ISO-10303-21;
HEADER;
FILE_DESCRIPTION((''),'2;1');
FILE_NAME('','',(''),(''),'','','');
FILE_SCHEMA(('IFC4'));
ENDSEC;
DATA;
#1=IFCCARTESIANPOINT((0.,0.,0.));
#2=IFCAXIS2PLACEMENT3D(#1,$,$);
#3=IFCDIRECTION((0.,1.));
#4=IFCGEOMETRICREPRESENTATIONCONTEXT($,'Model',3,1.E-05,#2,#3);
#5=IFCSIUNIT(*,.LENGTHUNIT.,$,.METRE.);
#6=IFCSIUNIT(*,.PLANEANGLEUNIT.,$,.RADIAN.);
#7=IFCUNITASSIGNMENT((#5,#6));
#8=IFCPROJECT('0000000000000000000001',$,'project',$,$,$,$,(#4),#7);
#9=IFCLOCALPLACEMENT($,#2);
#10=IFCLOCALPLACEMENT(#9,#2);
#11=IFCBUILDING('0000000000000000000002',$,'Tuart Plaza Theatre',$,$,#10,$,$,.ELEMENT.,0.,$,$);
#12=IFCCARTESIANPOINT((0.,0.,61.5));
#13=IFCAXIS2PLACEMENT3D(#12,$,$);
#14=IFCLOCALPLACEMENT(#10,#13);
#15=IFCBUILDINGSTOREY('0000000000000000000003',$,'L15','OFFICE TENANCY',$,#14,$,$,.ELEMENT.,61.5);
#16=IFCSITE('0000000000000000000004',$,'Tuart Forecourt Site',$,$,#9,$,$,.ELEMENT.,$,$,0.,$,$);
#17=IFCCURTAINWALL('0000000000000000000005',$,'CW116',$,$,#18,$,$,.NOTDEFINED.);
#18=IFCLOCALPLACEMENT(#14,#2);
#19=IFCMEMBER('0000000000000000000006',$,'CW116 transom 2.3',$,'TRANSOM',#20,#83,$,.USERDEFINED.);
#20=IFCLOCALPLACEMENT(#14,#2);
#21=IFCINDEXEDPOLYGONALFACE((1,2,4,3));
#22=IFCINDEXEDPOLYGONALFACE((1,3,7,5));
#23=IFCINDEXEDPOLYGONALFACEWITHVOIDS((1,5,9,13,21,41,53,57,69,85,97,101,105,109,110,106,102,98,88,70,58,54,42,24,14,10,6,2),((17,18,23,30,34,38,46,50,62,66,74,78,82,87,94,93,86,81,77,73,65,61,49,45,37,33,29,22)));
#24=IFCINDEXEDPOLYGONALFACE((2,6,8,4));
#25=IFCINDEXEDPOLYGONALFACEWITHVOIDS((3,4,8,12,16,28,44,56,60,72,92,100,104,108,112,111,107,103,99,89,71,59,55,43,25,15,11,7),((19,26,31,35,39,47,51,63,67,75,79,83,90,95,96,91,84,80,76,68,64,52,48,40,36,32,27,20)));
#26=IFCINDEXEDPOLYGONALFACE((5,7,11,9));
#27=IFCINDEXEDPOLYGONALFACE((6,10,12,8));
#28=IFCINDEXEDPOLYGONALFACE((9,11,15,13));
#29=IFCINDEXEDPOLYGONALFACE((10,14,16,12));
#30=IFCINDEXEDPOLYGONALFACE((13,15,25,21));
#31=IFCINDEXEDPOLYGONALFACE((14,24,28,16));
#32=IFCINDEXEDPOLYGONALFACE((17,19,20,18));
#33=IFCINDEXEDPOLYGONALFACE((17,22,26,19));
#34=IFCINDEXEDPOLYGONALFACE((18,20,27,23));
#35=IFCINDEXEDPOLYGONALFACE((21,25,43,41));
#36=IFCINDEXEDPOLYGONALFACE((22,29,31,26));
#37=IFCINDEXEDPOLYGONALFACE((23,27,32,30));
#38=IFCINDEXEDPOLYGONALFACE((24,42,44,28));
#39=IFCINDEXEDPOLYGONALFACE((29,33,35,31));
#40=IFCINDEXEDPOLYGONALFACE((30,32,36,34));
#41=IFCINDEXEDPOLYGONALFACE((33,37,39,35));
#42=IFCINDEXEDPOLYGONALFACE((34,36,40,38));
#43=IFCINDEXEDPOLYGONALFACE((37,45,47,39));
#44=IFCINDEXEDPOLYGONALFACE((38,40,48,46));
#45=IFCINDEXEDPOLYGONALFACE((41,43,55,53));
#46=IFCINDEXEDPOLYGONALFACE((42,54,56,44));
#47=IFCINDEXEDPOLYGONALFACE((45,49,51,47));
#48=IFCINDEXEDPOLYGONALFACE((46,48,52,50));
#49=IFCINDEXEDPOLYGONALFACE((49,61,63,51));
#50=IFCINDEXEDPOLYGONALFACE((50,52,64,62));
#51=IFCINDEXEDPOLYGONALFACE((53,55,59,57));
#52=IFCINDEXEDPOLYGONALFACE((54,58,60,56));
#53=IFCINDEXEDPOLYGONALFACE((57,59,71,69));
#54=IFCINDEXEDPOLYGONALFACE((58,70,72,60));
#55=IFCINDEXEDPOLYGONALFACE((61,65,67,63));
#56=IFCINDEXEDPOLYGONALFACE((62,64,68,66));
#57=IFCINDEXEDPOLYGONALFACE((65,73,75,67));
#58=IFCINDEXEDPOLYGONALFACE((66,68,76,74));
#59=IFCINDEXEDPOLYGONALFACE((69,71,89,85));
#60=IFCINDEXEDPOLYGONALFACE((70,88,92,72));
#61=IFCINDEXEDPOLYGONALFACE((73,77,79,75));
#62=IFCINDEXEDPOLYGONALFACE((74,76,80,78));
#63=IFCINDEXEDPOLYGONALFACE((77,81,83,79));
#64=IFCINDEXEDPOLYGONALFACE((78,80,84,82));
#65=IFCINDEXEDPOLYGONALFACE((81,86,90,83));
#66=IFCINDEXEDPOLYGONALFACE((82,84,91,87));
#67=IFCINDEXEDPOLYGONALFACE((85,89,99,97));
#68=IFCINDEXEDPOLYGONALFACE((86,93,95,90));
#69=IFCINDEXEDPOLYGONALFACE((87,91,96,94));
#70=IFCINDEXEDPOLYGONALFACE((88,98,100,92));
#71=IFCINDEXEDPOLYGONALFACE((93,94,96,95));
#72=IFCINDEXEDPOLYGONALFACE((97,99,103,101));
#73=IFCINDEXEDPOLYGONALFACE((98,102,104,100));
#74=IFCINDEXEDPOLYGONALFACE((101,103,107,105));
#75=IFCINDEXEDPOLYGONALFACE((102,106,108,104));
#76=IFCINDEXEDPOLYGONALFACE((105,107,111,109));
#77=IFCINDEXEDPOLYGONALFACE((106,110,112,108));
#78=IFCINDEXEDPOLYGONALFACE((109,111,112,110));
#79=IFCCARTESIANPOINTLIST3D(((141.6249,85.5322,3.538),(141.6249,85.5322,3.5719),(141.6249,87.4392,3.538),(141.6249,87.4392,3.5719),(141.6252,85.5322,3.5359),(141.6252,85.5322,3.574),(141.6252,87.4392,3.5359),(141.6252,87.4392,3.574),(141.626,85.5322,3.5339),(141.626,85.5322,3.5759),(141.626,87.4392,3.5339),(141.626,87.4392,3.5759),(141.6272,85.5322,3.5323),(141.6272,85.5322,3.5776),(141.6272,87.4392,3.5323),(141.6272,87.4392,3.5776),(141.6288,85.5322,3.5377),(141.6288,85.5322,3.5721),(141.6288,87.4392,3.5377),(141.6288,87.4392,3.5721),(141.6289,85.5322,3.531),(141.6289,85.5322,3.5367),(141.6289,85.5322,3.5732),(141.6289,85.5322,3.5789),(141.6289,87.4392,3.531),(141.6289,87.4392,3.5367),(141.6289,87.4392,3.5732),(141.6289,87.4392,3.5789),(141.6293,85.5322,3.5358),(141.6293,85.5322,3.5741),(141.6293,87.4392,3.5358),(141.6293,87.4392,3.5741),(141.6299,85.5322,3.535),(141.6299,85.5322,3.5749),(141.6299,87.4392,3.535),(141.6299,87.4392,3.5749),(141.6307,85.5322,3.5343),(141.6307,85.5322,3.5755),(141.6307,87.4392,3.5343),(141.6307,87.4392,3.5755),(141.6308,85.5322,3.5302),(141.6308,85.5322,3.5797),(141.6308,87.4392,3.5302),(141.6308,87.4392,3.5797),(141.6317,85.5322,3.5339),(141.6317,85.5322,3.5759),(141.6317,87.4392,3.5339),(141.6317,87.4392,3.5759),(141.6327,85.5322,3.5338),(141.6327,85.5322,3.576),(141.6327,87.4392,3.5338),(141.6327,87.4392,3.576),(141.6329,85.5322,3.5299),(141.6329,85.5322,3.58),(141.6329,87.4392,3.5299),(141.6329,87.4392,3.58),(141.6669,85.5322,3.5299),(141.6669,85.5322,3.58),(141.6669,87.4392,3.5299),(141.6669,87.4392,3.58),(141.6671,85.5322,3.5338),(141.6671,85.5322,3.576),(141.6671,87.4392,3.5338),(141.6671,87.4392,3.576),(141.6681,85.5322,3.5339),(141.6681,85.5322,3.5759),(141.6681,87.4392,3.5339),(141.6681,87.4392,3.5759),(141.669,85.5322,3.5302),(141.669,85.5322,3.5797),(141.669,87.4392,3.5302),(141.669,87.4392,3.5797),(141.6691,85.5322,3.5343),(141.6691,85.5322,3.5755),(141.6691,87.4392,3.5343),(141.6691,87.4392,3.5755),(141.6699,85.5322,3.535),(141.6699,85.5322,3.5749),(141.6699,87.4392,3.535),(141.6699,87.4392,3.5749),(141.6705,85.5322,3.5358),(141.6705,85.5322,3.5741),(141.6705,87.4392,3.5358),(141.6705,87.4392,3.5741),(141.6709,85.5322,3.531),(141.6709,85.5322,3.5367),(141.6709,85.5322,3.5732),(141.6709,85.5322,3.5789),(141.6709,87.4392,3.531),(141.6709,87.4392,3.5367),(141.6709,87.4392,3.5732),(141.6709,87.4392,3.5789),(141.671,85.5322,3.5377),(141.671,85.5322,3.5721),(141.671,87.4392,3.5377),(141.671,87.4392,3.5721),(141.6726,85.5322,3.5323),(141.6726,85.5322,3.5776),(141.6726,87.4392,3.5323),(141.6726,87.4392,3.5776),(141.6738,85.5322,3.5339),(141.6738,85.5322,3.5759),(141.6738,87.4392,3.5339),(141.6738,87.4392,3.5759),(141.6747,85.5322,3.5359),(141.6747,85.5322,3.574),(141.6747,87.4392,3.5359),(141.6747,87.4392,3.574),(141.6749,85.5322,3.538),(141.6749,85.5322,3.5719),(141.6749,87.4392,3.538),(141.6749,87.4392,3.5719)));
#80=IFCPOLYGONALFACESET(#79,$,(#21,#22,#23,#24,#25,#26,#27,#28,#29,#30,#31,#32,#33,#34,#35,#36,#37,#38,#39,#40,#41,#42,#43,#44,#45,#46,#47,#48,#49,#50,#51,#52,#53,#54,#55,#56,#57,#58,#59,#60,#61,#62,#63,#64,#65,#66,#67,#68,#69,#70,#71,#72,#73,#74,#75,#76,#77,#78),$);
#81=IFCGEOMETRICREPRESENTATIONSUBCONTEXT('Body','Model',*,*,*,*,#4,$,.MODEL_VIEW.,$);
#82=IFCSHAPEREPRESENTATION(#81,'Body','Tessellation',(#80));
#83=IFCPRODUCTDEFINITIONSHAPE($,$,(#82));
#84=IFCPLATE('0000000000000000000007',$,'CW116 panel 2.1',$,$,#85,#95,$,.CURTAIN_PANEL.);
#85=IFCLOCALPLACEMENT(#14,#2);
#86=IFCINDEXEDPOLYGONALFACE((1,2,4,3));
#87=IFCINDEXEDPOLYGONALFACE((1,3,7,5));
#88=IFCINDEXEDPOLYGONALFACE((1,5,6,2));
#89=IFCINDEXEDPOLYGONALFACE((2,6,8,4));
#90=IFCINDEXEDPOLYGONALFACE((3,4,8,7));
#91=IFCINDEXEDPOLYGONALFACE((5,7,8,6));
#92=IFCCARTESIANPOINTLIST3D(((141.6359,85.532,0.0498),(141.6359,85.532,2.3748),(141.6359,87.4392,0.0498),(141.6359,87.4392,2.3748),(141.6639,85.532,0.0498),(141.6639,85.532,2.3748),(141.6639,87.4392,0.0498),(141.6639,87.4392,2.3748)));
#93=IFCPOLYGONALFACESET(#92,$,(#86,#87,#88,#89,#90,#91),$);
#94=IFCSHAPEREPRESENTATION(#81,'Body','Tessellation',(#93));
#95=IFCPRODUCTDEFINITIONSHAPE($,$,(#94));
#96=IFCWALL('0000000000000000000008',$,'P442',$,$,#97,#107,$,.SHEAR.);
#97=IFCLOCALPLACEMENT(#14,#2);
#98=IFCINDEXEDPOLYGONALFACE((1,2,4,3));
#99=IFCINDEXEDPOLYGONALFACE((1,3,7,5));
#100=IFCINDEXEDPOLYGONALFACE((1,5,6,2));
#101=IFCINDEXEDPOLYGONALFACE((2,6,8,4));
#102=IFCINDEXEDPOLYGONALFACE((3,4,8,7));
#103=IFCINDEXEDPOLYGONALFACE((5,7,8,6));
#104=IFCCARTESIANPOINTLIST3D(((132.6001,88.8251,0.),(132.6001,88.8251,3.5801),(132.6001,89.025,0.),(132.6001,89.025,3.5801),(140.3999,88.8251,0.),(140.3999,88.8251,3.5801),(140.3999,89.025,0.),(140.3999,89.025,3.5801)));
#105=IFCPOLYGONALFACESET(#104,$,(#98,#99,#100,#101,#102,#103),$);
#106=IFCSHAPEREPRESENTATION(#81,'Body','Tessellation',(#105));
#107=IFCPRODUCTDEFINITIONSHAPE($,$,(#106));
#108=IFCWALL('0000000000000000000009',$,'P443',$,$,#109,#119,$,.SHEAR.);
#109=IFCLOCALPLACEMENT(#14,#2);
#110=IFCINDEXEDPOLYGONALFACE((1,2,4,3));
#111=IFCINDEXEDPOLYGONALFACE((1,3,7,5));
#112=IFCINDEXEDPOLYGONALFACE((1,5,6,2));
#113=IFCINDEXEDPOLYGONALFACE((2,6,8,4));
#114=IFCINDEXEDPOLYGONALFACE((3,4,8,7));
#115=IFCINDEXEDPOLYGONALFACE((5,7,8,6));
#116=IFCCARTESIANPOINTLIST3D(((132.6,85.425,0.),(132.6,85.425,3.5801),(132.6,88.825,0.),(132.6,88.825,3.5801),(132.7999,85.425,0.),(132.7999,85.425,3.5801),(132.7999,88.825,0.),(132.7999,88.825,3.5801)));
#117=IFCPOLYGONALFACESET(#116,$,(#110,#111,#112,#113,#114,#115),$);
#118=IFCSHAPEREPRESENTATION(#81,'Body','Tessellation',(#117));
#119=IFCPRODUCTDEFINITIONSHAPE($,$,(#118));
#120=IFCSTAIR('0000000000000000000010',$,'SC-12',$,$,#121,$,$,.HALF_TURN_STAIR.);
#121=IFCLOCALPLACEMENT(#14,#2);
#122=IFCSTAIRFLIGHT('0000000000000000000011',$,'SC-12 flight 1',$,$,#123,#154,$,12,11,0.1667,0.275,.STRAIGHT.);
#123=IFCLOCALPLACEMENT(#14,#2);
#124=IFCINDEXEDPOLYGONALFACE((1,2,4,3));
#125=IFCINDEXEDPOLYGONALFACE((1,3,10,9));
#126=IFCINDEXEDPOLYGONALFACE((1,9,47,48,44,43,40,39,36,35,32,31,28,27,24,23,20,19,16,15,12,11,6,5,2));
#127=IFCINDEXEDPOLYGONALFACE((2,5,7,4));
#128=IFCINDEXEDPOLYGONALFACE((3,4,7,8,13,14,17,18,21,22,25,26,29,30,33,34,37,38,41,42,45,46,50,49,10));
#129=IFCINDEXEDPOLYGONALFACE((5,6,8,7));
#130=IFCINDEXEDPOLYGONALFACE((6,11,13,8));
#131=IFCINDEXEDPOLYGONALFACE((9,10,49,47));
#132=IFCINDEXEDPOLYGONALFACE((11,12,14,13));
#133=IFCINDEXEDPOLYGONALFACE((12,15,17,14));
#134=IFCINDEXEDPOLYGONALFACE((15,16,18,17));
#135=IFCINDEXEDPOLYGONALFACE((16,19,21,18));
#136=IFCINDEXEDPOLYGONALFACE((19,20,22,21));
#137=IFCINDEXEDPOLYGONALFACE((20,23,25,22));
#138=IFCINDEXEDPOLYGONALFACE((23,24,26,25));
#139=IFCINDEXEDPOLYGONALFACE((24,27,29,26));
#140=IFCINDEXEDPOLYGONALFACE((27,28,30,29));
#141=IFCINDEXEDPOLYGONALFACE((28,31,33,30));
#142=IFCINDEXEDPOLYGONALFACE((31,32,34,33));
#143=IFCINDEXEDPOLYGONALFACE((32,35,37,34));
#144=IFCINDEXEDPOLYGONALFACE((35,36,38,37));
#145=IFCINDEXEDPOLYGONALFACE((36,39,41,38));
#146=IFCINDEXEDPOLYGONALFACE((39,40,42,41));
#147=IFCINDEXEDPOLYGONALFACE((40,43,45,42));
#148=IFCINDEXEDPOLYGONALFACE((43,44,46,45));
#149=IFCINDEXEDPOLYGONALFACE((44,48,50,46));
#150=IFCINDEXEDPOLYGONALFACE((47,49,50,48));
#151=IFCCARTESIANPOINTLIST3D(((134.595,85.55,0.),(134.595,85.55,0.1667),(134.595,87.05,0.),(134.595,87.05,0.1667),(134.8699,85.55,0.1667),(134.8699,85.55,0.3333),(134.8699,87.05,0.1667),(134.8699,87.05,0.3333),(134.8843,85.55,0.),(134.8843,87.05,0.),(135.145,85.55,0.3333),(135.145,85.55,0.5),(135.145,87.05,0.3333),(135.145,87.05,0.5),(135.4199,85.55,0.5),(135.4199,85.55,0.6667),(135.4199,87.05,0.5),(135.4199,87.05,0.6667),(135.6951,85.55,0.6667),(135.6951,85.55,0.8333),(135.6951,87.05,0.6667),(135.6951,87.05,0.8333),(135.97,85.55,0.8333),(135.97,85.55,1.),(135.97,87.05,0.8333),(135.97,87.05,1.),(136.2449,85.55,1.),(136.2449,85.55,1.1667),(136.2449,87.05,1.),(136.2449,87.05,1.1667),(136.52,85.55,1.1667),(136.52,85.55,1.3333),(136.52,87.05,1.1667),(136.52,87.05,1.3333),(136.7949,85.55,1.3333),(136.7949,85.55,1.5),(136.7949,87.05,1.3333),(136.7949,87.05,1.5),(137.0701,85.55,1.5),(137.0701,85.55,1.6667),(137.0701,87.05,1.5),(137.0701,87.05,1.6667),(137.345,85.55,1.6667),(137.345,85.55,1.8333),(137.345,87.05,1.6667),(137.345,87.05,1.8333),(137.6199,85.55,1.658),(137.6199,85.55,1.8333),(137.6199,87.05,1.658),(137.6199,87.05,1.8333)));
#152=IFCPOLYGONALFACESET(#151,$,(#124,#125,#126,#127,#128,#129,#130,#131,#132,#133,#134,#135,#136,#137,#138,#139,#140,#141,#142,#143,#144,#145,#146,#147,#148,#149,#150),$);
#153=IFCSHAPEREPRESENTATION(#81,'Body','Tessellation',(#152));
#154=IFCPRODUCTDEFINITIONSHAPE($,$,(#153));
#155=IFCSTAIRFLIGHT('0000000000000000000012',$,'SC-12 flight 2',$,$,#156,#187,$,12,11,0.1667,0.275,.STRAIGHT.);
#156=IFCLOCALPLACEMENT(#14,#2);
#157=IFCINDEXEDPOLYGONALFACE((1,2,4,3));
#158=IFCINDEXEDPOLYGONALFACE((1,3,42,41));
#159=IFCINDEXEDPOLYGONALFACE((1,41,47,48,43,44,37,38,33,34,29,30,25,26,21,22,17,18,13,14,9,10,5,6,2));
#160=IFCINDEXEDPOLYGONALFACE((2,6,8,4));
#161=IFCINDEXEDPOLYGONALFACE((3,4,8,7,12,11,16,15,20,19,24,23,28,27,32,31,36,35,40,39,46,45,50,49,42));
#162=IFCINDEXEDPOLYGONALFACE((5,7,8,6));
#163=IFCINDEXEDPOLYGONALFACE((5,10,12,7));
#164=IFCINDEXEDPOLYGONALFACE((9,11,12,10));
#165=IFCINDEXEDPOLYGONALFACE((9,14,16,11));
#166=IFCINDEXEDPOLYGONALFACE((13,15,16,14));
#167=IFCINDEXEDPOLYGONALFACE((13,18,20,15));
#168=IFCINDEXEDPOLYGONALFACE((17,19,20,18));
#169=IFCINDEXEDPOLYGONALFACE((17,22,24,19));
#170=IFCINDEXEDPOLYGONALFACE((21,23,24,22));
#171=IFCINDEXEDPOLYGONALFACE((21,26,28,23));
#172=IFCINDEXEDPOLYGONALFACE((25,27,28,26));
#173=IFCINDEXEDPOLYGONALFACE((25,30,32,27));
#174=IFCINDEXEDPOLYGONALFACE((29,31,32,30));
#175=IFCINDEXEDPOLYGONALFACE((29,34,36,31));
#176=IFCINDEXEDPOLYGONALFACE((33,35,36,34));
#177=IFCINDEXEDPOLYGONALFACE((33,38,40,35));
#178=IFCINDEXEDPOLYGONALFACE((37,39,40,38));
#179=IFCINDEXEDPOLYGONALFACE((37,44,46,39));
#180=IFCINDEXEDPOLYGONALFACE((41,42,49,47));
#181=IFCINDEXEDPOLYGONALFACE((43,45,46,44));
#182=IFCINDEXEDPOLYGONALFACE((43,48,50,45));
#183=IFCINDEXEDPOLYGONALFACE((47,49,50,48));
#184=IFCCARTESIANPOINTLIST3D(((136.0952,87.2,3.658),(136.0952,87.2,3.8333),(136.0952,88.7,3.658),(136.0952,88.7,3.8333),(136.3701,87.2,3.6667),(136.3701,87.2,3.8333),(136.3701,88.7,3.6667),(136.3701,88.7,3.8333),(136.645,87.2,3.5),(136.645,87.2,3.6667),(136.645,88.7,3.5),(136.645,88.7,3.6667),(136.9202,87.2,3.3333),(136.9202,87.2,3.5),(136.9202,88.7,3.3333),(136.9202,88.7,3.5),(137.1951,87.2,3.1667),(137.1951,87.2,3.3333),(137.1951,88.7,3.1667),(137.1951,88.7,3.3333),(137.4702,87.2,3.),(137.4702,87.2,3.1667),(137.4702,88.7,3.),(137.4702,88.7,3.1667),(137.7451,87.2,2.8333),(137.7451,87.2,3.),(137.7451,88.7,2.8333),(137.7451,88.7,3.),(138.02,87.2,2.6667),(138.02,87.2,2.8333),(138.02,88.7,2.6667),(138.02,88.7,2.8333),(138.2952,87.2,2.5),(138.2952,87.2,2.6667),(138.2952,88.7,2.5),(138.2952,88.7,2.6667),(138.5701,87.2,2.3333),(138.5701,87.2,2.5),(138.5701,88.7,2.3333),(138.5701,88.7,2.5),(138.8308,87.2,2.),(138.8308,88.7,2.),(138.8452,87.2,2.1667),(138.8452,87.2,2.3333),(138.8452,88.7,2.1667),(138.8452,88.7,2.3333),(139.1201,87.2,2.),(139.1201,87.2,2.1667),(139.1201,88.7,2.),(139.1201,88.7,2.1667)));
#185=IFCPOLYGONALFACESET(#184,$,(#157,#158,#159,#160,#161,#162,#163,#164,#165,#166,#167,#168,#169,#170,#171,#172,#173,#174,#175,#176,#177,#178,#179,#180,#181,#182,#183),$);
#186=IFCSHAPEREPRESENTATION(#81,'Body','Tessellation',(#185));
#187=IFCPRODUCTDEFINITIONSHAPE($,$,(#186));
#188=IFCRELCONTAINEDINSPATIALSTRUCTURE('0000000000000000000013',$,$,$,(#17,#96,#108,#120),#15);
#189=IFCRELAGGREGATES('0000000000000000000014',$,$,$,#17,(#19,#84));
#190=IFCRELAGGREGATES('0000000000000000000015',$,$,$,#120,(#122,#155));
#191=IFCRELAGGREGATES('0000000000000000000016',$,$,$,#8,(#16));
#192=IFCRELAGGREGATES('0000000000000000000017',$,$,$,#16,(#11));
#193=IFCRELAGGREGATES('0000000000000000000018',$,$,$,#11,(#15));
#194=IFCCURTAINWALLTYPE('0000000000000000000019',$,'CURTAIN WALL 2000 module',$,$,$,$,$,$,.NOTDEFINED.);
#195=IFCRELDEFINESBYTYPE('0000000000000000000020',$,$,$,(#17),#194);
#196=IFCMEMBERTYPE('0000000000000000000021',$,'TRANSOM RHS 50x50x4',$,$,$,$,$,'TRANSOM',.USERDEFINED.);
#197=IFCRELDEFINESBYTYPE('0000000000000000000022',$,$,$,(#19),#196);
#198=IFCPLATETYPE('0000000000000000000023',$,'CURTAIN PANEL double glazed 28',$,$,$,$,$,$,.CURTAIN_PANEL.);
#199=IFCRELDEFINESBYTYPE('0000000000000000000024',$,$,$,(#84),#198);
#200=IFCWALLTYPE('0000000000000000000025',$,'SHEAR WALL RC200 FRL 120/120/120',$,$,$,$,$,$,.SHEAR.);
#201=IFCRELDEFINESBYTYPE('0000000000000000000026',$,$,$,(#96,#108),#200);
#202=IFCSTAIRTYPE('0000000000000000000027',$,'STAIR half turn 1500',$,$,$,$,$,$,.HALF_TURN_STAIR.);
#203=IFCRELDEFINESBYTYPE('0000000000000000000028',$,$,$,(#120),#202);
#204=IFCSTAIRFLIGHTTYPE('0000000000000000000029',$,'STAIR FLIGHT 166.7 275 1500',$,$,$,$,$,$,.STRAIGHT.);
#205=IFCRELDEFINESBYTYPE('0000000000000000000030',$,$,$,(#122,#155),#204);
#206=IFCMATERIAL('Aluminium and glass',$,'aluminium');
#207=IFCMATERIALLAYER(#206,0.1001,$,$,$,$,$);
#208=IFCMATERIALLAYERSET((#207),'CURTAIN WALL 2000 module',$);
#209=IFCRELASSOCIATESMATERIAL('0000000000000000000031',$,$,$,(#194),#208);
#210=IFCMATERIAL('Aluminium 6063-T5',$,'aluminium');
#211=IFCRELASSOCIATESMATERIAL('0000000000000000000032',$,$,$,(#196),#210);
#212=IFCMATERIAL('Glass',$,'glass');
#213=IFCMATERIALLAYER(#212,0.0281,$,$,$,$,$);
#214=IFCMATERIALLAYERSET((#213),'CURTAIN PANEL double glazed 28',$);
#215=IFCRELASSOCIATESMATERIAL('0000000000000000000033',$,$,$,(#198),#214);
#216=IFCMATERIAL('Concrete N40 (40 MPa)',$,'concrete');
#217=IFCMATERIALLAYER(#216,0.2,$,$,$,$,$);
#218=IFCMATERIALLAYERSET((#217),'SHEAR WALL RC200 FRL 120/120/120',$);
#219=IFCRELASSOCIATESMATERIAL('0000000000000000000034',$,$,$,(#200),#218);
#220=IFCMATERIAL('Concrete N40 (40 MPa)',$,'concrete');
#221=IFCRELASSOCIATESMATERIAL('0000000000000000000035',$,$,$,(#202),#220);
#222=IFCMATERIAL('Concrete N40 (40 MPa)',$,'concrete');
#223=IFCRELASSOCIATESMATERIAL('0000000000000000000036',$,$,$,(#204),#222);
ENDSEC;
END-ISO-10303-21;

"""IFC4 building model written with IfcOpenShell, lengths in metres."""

from ifc_helpers import new_model, si_unit, direction, frame, frame_2d, origin, origin_2d, place, context, subcontext, project, spatial, polyline, rectangle, hollow_rectangle, outline, extrude, material, layer, layer_set, material_profile, profile_set, type_object, element, aggregate, save


model = new_model("IFC4")

# Units and contexts
model_context = context("Model", 3, precision=1e-05, world=origin(), true_north=direction((0.0, 1.0)))
body_context = subcontext(model_context, "Body", "Model", "MODEL_VIEW")
ifc_project = project(units=[si_unit("LENGTHUNIT", "METRE"), si_unit("PLANEANGLEUNIT", "RADIAN")], contexts=[model_context])

# Site, building, storey
site_placement = place(None, origin())
site = spatial("IfcSite", under=ifc_project, at=site_placement, Name="Tuart Forecourt Site", CompositionType="ELEMENT", RefElevation=0.0)
building_placement = place(site_placement, origin())
building = spatial("IfcBuilding", under=site, at=building_placement, Name="Tuart Plaza Theatre", CompositionType="ELEMENT", ElevationOfRefHeight=0.0)
storey_placement = place(building_placement, frame((0.0, 0.0, 61.5)))
storey = spatial("IfcBuildingStorey", under=building, at=storey_placement, Name="L15", Description="OFFICE TENANCY", CompositionType="ELEMENT", Elevation=61.5)

# Curtain wall, member, plate
ifc_material_1 = material(Name="Aluminium and glass", Category="aluminium")
ifc_layer_1 = layer(ifc_material_1, 0.1001)
ifc_layer_set_1 = layer_set([ifc_layer_1], Name="CURTAIN WALL 2000 module")
curtain_wall_type = type_object("IfcCurtainWallType", Name="CURTAIN WALL 2000 module", PredefinedType="NOTDEFINED", material=ifc_layer_set_1)
curtain_wall_placement = place(storey_placement, origin())
curtain_wall = element("IfcCurtainWall", 1, at=curtain_wall_placement, inside=storey, type_object=curtain_wall_type, Name="CW116", PredefinedType="NOTDEFINED")
ifc_material_2 = material(Name="Aluminium 6063-T5", Category="aluminium")
ifc_material_profile_1 = material_profile(ifc_material_2, hollow_rectangle(XDim=0.05, YDim=0.05, WallThickness=0.0039, InnerFilletRadius=0.0039, OuterFilletRadius=0.0081, at=origin_2d()), Name="RHS 50x50x4")
ifc_profile_set_1 = profile_set([ifc_material_profile_1], Name="Aluminium 6063-T5")
member_type = type_object("IfcMemberType", Name="TRANSOM RHS 50x50x4", ElementType="TRANSOM", PredefinedType="USERDEFINED", material=ifc_profile_set_1)
member_1_placement = place(storey_placement, frame((141.6499, 85.5322, 3.5549), z_axis=(0.0, 1.0, 0.0), x_axis=(-1.0, 0.0, 0.0)))
member_1 = element("IfcMember", 2, at=member_1_placement, type_object=member_type, Name="CW116 transom 2.3", ObjectType="TRANSOM", PredefinedType="USERDEFINED", context=body_context, shape_type="SweptSolid", body=[
    extrude(hollow_rectangle(XDim=0.05, YDim=0.05, WallThickness=0.0039, InnerFilletRadius=0.0039, OuterFilletRadius=0.0081, at=origin_2d()), origin(), (0.0, 0.0, 1.0), 1.907),
])
ifc_material_3 = material(Name="Glass", Category="glass")
ifc_layer_2 = layer(ifc_material_3, 0.0281)
ifc_layer_set_2 = layer_set([ifc_layer_2], Name="CURTAIN PANEL double glazed 28")
plate_type = type_object("IfcPlateType", Name="CURTAIN PANEL double glazed 28", PredefinedType="CURTAIN_PANEL", material=ifc_layer_set_2)
plate_placement = place(storey_placement, frame((141.6499, 86.4856, 0.0498), z_axis=(0.0, 0.0, 1.0), x_axis=(0.0, 1.0, 0.0)))
plate = element("IfcPlate", 3, at=plate_placement, type_object=plate_type, Name="CW116 panel 2.1", PredefinedType="CURTAIN_PANEL", context=body_context, shape_type="SweptSolid", body=[
    extrude(rectangle(XDim=1.9072, YDim=0.0281, at=origin_2d()), origin(), (0.0, 0.0, 1.0), 2.325),
])
aggregate(curtain_wall, [member_1, plate])

# Walls
ifc_material_4 = material(Name="Concrete N40 (40 MPa)", Category="concrete")
ifc_layer_3 = layer(ifc_material_4, 0.2)
ifc_layer_set_3 = layer_set([ifc_layer_3], Name="SHEAR WALL RC200 FRL 120/120/120")
wall_type = type_object("IfcWallType", Name="SHEAR WALL RC200 FRL 120/120/120", PredefinedType="SHEAR", material=ifc_layer_set_3)
wall_1_placement = place(storey_placement, frame((140.3999, 88.925, 0.0), z_axis=(0.0, 0.0, 1.0), x_axis=(-1.0, 0.0, 0.0)))
element("IfcWall", 4, at=wall_1_placement, inside=storey, type_object=wall_type, Name="P442", PredefinedType="SHEAR", context=body_context, shape_type="SweptSolid", body=[
    extrude(rectangle(XDim=7.7998, YDim=0.2, at=frame_2d((3.8999, 0.0))), origin(), (0.0, 0.0, 1.0), 3.5801),
])
wall_2_placement = place(storey_placement, frame((132.7, 88.825, 0.0), z_axis=(0.0, 0.0, 1.0), x_axis=(0.0, -1.0, 0.0)))
element("IfcWall", 5, at=wall_2_placement, inside=storey, type_object=wall_type, Name="P443", PredefinedType="SHEAR", context=body_context, shape_type="SweptSolid", body=[
    extrude(rectangle(XDim=3.3999, YDim=0.2, at=frame_2d((1.7, 0.0))), origin(), (0.0, 0.0, 1.0), 3.5801),
])

# Stair, stair flights
ifc_material_5 = material(Name="Concrete N40 (40 MPa)", Category="concrete")
stair_type = type_object("IfcStairType", Name="STAIR half turn 1500", PredefinedType="HALF_TURN_STAIR", material=ifc_material_5)
stair_placement = place(storey_placement, origin())
stair = element("IfcStair", 6, at=stair_placement, inside=storey, type_object=stair_type, Name="SC-12", PredefinedType="HALF_TURN_STAIR")
ifc_material_6 = material(Name="Concrete N40 (40 MPa)", Category="concrete")
stair_flight_type = type_object("IfcStairFlightType", Name="STAIR FLIGHT 166.7 275 1500", PredefinedType="STRAIGHT", material=ifc_material_6)
stair_flight_1_placement = place(storey_placement, frame((134.595, 86.3, 0.0), z_axis=(0.0, 0.0, 1.0), x_axis=(1.0, 0.0, 0.0)))
stair_flight_1 = element("IfcStairFlight", 7, at=stair_flight_1_placement, type_object=stair_flight_type, Name="SC-12 flight 1", NumberOfRisers=12, NumberOfTreads=11, PredefinedType="STRAIGHT", RiserHeight=0.1667, TreadLength=0.275, context=body_context, shape_type="SweptSolid", body=[
    extrude(outline(polyline([(0.0, 0.0), (0.0, 0.1667), (0.2749, 0.1667), (0.2749, 0.3333), (0.55, 0.3333), (0.55, 0.5), (0.825, 0.5), (0.825, 0.6667), (1.1001, 0.6667), (1.1001, 0.8333), (1.375, 0.8333), (1.375, 1.0), (1.6499, 1.0), (1.6499, 1.1667), (1.925, 1.1667), (1.925, 1.3333), (2.2, 1.3333), (2.2, 1.5), (2.4751, 1.5), (2.4751, 1.6667), (2.75, 1.6667), (2.75, 1.8333), (3.0249, 1.8333), (3.0249, 2.0), (3.0249, 1.658), (0.2893, 0.0), (0.0, 0.0)])), frame((0.0, 0.75, 0.0), z_axis=(0.0, -1.0, 0.0), x_axis=(1.0, 0.0, 0.0)), (0.0, 0.0, 1.0), 1.5),
])
stair_flight_2_placement = place(storey_placement, frame((139.1201, 87.95, 2.0), z_axis=(0.0, 0.0, 1.0), x_axis=(-1.0, 0.0, 0.0)))
stair_flight_2 = element("IfcStairFlight", 8, at=stair_flight_2_placement, type_object=stair_flight_type, Name="SC-12 flight 2", NumberOfRisers=12, NumberOfTreads=11, PredefinedType="STRAIGHT", RiserHeight=0.1667, TreadLength=0.275, context=body_context, shape_type="SweptSolid", body=[
    extrude(outline(polyline([(0.0, 0.0), (0.0, 0.1667), (0.2749, 0.1667), (0.2749, 0.3333), (0.55, 0.3333), (0.55, 0.5), (0.825, 0.5), (0.825, 0.6667), (1.1001, 0.6667), (1.1001, 0.8333), (1.375, 0.8333), (1.375, 1.0), (1.6499, 1.0), (1.6499, 1.1667), (1.925, 1.1667), (1.925, 1.3333), (2.2, 1.3333), (2.2, 1.5), (2.4751, 1.5), (2.4751, 1.6667), (2.75, 1.6667), (2.75, 1.8333), (3.0249, 1.8333), (3.0249, 2.0), (3.0249, 1.658), (0.2893, 0.0), (0.0, 0.0)])), frame((0.0, 0.75, 0.0), z_axis=(0.0, -1.0, 0.0), x_axis=(1.0, 0.0, 0.0)), (0.0, 0.0, 1.0), 1.5),
])
aggregate(stair, [stair_flight_1, stair_flight_2])

save(model, "model.ifc")
